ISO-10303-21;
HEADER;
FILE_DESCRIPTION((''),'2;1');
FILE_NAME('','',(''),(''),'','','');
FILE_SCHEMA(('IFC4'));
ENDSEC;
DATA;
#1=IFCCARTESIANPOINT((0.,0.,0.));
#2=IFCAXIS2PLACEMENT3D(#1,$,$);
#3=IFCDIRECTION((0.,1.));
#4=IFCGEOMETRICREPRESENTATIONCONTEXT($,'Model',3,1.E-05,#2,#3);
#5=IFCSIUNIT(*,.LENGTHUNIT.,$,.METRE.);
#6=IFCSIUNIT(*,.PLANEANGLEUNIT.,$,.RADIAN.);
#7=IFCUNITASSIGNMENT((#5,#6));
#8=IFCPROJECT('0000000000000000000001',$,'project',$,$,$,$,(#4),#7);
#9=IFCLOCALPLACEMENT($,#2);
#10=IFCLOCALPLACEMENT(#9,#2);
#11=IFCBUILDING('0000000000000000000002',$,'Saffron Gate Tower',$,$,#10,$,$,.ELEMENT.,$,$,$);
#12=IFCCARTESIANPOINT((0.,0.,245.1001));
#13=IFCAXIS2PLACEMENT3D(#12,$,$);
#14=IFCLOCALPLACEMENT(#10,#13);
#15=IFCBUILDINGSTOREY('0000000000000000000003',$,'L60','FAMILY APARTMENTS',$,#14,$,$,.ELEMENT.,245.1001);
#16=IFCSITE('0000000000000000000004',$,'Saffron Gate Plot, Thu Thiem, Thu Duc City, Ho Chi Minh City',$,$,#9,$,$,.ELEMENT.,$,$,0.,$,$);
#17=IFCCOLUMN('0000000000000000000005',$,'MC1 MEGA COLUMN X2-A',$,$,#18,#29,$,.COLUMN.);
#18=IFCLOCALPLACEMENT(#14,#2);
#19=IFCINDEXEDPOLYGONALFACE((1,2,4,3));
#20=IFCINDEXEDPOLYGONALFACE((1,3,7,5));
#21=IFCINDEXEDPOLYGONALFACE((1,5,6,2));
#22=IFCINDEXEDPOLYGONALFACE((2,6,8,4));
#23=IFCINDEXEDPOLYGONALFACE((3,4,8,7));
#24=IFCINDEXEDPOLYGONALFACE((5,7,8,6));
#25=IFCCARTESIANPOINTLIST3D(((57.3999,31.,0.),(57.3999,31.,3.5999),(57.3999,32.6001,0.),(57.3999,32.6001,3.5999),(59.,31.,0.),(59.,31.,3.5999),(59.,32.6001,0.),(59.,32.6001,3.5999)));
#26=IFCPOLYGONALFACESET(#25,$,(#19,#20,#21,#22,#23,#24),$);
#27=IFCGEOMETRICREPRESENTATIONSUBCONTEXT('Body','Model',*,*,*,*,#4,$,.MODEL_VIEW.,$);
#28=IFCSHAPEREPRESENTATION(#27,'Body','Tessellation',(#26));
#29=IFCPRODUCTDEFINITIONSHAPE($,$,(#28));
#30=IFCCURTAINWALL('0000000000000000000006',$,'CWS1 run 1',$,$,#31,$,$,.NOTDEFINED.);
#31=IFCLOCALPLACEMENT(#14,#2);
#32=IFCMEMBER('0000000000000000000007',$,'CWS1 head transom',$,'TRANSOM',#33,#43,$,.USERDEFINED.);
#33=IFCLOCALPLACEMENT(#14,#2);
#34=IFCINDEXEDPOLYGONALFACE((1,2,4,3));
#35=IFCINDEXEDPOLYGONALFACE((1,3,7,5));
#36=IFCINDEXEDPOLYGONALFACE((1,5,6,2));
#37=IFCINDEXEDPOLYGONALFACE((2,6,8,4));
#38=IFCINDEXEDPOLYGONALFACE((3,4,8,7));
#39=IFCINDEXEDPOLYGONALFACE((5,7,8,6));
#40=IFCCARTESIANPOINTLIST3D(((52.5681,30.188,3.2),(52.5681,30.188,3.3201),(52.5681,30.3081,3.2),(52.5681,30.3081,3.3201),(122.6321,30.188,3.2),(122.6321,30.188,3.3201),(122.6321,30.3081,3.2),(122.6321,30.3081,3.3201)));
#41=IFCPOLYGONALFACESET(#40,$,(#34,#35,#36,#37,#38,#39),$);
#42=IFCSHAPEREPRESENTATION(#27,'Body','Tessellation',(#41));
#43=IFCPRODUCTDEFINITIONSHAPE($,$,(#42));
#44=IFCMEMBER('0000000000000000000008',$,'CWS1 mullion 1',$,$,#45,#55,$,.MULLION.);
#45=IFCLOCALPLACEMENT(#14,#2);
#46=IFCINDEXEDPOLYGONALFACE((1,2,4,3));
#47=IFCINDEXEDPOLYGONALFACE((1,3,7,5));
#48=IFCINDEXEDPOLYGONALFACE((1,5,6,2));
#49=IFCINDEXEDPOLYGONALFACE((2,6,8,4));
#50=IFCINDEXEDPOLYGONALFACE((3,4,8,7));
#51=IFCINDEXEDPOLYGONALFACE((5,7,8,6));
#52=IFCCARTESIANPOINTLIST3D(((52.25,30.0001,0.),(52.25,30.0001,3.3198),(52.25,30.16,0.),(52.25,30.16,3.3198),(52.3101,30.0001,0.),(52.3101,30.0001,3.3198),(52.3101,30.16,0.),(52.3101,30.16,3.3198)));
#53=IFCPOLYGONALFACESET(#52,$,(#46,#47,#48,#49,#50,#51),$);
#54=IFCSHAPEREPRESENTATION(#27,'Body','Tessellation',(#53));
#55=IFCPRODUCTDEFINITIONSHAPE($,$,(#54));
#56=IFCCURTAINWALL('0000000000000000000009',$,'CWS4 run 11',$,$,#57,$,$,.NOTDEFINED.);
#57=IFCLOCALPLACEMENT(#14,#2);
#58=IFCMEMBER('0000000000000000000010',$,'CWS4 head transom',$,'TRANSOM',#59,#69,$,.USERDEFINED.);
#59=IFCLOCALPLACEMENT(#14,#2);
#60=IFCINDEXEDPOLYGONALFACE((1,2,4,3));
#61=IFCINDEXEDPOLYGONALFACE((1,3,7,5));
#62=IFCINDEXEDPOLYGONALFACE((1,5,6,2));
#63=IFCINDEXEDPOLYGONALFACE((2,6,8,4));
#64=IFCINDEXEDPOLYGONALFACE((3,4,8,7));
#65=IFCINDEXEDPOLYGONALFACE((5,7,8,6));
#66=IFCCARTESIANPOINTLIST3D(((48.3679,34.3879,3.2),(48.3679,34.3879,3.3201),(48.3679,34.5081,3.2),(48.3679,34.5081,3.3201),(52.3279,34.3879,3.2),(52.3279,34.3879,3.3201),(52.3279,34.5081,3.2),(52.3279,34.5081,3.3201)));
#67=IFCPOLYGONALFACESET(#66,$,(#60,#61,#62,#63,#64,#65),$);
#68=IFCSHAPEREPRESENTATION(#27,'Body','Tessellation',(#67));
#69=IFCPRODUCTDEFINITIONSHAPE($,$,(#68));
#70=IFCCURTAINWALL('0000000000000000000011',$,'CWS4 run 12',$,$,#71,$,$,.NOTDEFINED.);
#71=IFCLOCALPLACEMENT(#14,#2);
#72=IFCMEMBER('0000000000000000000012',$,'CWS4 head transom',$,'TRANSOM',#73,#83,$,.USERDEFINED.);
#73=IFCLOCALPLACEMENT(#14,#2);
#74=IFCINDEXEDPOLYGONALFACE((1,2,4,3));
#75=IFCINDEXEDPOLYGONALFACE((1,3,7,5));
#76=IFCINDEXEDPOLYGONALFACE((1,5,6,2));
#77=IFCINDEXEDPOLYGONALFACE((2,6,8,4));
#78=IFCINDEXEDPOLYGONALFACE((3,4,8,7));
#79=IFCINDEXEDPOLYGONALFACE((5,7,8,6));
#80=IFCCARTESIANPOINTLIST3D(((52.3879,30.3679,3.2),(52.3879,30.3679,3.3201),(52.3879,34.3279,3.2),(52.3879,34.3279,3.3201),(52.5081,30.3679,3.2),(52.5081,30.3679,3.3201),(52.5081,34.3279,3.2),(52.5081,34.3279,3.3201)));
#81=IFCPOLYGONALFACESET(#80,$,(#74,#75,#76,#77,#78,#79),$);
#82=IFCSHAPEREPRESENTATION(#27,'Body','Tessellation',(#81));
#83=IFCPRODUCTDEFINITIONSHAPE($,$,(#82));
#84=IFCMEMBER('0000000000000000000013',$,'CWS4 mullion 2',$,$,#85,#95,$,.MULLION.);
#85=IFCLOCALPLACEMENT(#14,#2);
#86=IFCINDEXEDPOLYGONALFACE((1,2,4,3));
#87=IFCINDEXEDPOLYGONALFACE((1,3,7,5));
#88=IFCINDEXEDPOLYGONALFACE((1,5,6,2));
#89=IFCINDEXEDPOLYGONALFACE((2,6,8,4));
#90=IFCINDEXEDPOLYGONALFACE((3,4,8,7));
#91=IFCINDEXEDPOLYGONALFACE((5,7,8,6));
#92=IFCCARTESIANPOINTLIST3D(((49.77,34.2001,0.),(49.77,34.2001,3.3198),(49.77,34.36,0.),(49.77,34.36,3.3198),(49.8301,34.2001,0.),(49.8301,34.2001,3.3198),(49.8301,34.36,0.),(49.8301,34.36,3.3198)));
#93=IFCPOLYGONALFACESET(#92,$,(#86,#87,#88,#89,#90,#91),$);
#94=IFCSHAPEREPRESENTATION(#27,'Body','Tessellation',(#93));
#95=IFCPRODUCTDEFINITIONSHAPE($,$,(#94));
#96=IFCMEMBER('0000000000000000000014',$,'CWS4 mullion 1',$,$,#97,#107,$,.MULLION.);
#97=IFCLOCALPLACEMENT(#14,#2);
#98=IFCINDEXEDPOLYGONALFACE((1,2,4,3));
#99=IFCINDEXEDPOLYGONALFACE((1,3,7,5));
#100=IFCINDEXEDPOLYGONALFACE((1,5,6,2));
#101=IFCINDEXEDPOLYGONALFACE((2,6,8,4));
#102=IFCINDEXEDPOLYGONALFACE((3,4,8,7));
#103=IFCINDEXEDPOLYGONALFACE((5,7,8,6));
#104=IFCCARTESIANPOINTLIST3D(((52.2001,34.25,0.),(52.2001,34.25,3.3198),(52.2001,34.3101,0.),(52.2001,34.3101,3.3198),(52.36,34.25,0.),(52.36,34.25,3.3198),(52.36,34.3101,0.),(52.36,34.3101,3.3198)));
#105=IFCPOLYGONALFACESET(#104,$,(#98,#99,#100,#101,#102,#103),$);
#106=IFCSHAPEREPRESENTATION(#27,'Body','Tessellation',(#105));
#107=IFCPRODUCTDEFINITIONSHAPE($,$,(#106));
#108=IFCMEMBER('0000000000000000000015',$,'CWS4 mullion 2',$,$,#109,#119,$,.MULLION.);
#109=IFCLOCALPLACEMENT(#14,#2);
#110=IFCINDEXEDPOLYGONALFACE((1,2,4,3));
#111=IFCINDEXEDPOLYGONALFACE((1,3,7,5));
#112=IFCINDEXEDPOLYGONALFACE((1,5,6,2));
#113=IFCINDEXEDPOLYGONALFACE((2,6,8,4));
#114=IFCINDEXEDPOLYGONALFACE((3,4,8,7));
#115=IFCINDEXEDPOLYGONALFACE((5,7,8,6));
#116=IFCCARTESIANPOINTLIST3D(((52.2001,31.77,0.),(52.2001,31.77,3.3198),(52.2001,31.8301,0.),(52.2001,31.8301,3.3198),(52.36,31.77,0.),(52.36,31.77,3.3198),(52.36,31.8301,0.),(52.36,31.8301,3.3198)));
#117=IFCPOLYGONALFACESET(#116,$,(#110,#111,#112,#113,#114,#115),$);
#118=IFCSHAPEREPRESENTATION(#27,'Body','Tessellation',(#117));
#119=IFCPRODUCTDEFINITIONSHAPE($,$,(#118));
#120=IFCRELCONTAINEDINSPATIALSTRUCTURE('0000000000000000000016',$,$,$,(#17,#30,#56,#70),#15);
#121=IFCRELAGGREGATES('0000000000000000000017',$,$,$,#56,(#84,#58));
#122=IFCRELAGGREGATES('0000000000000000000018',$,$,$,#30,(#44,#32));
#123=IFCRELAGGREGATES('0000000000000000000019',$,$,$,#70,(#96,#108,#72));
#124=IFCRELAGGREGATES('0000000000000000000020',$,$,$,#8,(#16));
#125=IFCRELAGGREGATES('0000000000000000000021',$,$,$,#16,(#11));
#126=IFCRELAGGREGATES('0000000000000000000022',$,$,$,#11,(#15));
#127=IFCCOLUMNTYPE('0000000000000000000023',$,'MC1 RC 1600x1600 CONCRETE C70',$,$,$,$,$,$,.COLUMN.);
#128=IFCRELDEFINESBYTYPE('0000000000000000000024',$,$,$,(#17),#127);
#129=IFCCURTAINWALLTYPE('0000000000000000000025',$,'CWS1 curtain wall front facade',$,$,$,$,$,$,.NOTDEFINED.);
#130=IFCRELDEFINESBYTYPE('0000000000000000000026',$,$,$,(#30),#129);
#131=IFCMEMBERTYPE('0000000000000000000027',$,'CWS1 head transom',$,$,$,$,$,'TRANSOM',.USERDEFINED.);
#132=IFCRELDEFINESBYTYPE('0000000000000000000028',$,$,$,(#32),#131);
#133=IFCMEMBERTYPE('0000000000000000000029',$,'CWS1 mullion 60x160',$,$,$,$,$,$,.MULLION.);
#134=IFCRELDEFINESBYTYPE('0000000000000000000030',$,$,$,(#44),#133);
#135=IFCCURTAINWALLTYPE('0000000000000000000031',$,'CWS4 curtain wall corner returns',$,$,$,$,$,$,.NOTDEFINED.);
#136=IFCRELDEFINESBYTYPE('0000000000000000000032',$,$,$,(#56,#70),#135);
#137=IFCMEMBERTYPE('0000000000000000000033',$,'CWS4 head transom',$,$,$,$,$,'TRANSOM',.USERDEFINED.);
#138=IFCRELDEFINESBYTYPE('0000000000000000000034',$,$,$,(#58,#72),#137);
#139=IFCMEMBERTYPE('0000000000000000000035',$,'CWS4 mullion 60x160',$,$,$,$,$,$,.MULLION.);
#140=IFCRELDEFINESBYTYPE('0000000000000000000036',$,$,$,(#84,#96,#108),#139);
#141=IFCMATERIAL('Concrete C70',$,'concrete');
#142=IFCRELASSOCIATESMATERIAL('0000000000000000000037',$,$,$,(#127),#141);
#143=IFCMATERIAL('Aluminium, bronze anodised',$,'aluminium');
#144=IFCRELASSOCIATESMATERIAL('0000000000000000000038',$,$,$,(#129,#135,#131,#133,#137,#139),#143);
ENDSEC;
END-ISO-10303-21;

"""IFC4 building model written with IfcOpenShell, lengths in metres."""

from ifc_helpers import new_model, si_unit, direction, frame, origin, origin_2d, place, context, subcontext, project, spatial, rectangle, extrude, material, material_profile, profile_set, type_object, element, aggregate, save


model = new_model("IFC4")

# Units and contexts
model_context = context("Model", 3, precision=1e-05, world=origin(), true_north=direction((0.0, 1.0)))
body_context = subcontext(model_context, "Body", "Model", "MODEL_VIEW")
ifc_project = project(units=[si_unit("LENGTHUNIT", "METRE"), si_unit("PLANEANGLEUNIT", "RADIAN")], contexts=[model_context])

# Site, building, storey
site_placement = place(None, origin())
site = spatial("IfcSite", under=ifc_project, at=site_placement, Name="Saffron Gate Plot, Thu Thiem, Thu Duc City, Ho Chi Minh City", CompositionType="ELEMENT", RefElevation=0.0)
building_placement = place(site_placement, origin())
building = spatial("IfcBuilding", under=site, at=building_placement, Name="Saffron Gate Tower", CompositionType="ELEMENT")
storey_placement = place(building_placement, frame((0.0, 0.0, 245.1001)))
storey = spatial("IfcBuildingStorey", under=building, at=storey_placement, Name="L60", Description="FAMILY APARTMENTS", CompositionType="ELEMENT", Elevation=245.1001)

# Column
ifc_material_1 = material(Name="Concrete C70", Category="concrete")
ifc_material_profile_1 = material_profile(ifc_material_1, rectangle(XDim=1.6001, YDim=1.6001, at=origin_2d()))
ifc_profile_set_1 = profile_set([ifc_material_profile_1], Name="Concrete C70")
column_type = type_object("IfcColumnType", Name="MC1 RC 1600x1600 CONCRETE C70", PredefinedType="COLUMN", material=ifc_profile_set_1)
column_placement = place(storey_placement, frame((58.2, 31.8, 0.0), z_axis=(0.0, 0.0, 1.0), x_axis=(1.0, 0.0, 0.0)))
element("IfcColumn", 1, at=column_placement, inside=storey, type_object=column_type, Name="MC1 MEGA COLUMN X2-A", PredefinedType="COLUMN", context=body_context, shape_type="SweptSolid", body=[
    extrude(rectangle(XDim=1.6001, YDim=1.6001, at=origin_2d()), origin(), (0.0, 0.0, 1.0), 3.5999),
])

# Curtain wall, members
ifc_material_2 = material(Name="Aluminium, bronze anodised", Category="aluminium")
curtain_wall_type_1 = type_object("IfcCurtainWallType", Name="CWS1 curtain wall front facade", PredefinedType="NOTDEFINED", material=ifc_material_2)
curtain_wall_1_placement = place(storey_placement, origin())
curtain_wall_1 = element("IfcCurtainWall", 2, at=curtain_wall_1_placement, inside=storey, type_object=curtain_wall_type_1, Name="CWS1 run 1", PredefinedType="NOTDEFINED")
ifc_material_profile_2 = material_profile(ifc_material_2, rectangle(XDim=0.1201, YDim=0.1201, at=origin_2d()))
ifc_profile_set_2 = profile_set([ifc_material_profile_2], Name="Aluminium, bronze anodised")
member_type_1 = type_object("IfcMemberType", Name="CWS1 head transom", ElementType="TRANSOM", PredefinedType="USERDEFINED", material=ifc_profile_set_2)
member_1_placement = place(storey_placement, frame((52.5681, 30.248, 3.26), z_axis=(1.0, 0.0, 0.0), x_axis=(0.0, 1.0, 0.0)))
member_1 = element("IfcMember", 3, at=member_1_placement, type_object=member_type_1, Name="CWS1 head transom", ObjectType="TRANSOM", PredefinedType="USERDEFINED", context=body_context, shape_type="SweptSolid", body=[
    extrude(rectangle(XDim=0.1201, YDim=0.1201, at=origin_2d()), origin(), (0.0, 0.0, 1.0), 70.064),
])
ifc_material_profile_3 = material_profile(ifc_material_2, rectangle(XDim=0.1599, YDim=0.0601, at=origin_2d()))
ifc_profile_set_3 = profile_set([ifc_material_profile_3], Name="Aluminium, bronze anodised")
member_type_2 = type_object("IfcMemberType", Name="CWS1 mullion 60x160", PredefinedType="MULLION", material=ifc_profile_set_3)
member_2_placement = place(storey_placement, frame((52.28, 30.0801, 0.0), z_axis=(0.0, 0.0, 1.0), x_axis=(0.0, 1.0, 0.0)))
member_2 = element("IfcMember", 4, at=member_2_placement, type_object=member_type_2, Name="CWS1 mullion 1", PredefinedType="MULLION", context=body_context, shape_type="SweptSolid", body=[
    extrude(rectangle(XDim=0.1599, YDim=0.0601, at=origin_2d()), origin(), (0.0, 0.0, 1.0), 3.3198),
])

# Curtain walls, members
curtain_wall_type_2 = type_object("IfcCurtainWallType", Name="CWS4 curtain wall corner returns", PredefinedType="NOTDEFINED", material=ifc_material_2)
curtain_wall_2_placement = place(storey_placement, origin())
curtain_wall_2 = element("IfcCurtainWall", 5, at=curtain_wall_2_placement, inside=storey, type_object=curtain_wall_type_2, Name="CWS4 run 11", PredefinedType="NOTDEFINED")
ifc_material_profile_4 = material_profile(ifc_material_2, rectangle(XDim=0.1201, YDim=0.1201, at=origin_2d()))
ifc_profile_set_4 = profile_set([ifc_material_profile_4], Name="Aluminium, bronze anodised")
member_type_3 = type_object("IfcMemberType", Name="CWS4 head transom", ElementType="TRANSOM", PredefinedType="USERDEFINED", material=ifc_profile_set_4)
member_3_placement = place(storey_placement, frame((48.3679, 34.448, 3.26), z_axis=(1.0, 0.0, 0.0), x_axis=(0.0, 1.0, 0.0)))
member_3 = element("IfcMember", 6, at=member_3_placement, type_object=member_type_3, Name="CWS4 head transom", ObjectType="TRANSOM", PredefinedType="USERDEFINED", context=body_context, shape_type="SweptSolid", body=[
    extrude(rectangle(XDim=0.1201, YDim=0.1201, at=origin_2d()), origin(), (0.0, 0.0, 1.0), 3.96),
])
curtain_wall_3_placement = place(storey_placement, origin())
curtain_wall_3 = element("IfcCurtainWall", 7, at=curtain_wall_3_placement, inside=storey, type_object=curtain_wall_type_2, Name="CWS4 run 12", PredefinedType="NOTDEFINED")
member_4_placement = place(storey_placement, frame((52.448, 34.3279, 3.26), z_axis=(0.0, -1.0, 0.0), x_axis=(1.0, 0.0, 0.0)))
member_4 = element("IfcMember", 8, at=member_4_placement, type_object=member_type_3, Name="CWS4 head transom", ObjectType="TRANSOM", PredefinedType="USERDEFINED", context=body_context, shape_type="SweptSolid", body=[
    extrude(rectangle(XDim=0.1201, YDim=0.1201, at=origin_2d()), origin(), (0.0, 0.0, 1.0), 3.96),
])

# Members
ifc_material_profile_5 = material_profile(ifc_material_2, rectangle(XDim=0.1599, YDim=0.0601, at=origin_2d()))
ifc_profile_set_5 = profile_set([ifc_material_profile_5], Name="Aluminium, bronze anodised")
member_type_4 = type_object("IfcMemberType", Name="CWS4 mullion 60x160", PredefinedType="MULLION", material=ifc_profile_set_5)
member_5_placement = place(storey_placement, frame((49.8, 34.28, 0.0), z_axis=(0.0, 0.0, 1.0), x_axis=(0.0, 1.0, 0.0)))
member_5 = element("IfcMember", 9, at=member_5_placement, type_object=member_type_4, Name="CWS4 mullion 2", PredefinedType="MULLION", context=body_context, shape_type="SweptSolid", body=[
    extrude(rectangle(XDim=0.1599, YDim=0.0601, at=origin_2d()), origin(), (0.0, 0.0, 1.0), 3.3198),
])
aggregate(curtain_wall_2, [member_5, member_3])
member_6_placement = place(storey_placement, frame((52.28, 34.28, 0.0), z_axis=(0.0, 0.0, 1.0), x_axis=(1.0, 0.0, 0.0)))
member_6 = element("IfcMember", 10, at=member_6_placement, type_object=member_type_4, Name="CWS4 mullion 1", PredefinedType="MULLION", context=body_context, shape_type="SweptSolid", body=[
    extrude(rectangle(XDim=0.1599, YDim=0.0601, at=origin_2d()), origin(), (0.0, 0.0, 1.0), 3.3198),
])
member_7_placement = place(storey_placement, frame((52.28, 31.8, 0.0), z_axis=(0.0, 0.0, 1.0), x_axis=(1.0, 0.0, 0.0)))
member_7 = element("IfcMember", 11, at=member_7_placement, type_object=member_type_4, Name="CWS4 mullion 2", PredefinedType="MULLION", context=body_context, shape_type="SweptSolid", body=[
    extrude(rectangle(XDim=0.1599, YDim=0.0601, at=origin_2d()), origin(), (0.0, 0.0, 1.0), 3.3198),
])

aggregate(curtain_wall_1, [member_2, member_1])

aggregate(curtain_wall_3, [member_6, member_7, member_4])

save(model, "model.ifc")
